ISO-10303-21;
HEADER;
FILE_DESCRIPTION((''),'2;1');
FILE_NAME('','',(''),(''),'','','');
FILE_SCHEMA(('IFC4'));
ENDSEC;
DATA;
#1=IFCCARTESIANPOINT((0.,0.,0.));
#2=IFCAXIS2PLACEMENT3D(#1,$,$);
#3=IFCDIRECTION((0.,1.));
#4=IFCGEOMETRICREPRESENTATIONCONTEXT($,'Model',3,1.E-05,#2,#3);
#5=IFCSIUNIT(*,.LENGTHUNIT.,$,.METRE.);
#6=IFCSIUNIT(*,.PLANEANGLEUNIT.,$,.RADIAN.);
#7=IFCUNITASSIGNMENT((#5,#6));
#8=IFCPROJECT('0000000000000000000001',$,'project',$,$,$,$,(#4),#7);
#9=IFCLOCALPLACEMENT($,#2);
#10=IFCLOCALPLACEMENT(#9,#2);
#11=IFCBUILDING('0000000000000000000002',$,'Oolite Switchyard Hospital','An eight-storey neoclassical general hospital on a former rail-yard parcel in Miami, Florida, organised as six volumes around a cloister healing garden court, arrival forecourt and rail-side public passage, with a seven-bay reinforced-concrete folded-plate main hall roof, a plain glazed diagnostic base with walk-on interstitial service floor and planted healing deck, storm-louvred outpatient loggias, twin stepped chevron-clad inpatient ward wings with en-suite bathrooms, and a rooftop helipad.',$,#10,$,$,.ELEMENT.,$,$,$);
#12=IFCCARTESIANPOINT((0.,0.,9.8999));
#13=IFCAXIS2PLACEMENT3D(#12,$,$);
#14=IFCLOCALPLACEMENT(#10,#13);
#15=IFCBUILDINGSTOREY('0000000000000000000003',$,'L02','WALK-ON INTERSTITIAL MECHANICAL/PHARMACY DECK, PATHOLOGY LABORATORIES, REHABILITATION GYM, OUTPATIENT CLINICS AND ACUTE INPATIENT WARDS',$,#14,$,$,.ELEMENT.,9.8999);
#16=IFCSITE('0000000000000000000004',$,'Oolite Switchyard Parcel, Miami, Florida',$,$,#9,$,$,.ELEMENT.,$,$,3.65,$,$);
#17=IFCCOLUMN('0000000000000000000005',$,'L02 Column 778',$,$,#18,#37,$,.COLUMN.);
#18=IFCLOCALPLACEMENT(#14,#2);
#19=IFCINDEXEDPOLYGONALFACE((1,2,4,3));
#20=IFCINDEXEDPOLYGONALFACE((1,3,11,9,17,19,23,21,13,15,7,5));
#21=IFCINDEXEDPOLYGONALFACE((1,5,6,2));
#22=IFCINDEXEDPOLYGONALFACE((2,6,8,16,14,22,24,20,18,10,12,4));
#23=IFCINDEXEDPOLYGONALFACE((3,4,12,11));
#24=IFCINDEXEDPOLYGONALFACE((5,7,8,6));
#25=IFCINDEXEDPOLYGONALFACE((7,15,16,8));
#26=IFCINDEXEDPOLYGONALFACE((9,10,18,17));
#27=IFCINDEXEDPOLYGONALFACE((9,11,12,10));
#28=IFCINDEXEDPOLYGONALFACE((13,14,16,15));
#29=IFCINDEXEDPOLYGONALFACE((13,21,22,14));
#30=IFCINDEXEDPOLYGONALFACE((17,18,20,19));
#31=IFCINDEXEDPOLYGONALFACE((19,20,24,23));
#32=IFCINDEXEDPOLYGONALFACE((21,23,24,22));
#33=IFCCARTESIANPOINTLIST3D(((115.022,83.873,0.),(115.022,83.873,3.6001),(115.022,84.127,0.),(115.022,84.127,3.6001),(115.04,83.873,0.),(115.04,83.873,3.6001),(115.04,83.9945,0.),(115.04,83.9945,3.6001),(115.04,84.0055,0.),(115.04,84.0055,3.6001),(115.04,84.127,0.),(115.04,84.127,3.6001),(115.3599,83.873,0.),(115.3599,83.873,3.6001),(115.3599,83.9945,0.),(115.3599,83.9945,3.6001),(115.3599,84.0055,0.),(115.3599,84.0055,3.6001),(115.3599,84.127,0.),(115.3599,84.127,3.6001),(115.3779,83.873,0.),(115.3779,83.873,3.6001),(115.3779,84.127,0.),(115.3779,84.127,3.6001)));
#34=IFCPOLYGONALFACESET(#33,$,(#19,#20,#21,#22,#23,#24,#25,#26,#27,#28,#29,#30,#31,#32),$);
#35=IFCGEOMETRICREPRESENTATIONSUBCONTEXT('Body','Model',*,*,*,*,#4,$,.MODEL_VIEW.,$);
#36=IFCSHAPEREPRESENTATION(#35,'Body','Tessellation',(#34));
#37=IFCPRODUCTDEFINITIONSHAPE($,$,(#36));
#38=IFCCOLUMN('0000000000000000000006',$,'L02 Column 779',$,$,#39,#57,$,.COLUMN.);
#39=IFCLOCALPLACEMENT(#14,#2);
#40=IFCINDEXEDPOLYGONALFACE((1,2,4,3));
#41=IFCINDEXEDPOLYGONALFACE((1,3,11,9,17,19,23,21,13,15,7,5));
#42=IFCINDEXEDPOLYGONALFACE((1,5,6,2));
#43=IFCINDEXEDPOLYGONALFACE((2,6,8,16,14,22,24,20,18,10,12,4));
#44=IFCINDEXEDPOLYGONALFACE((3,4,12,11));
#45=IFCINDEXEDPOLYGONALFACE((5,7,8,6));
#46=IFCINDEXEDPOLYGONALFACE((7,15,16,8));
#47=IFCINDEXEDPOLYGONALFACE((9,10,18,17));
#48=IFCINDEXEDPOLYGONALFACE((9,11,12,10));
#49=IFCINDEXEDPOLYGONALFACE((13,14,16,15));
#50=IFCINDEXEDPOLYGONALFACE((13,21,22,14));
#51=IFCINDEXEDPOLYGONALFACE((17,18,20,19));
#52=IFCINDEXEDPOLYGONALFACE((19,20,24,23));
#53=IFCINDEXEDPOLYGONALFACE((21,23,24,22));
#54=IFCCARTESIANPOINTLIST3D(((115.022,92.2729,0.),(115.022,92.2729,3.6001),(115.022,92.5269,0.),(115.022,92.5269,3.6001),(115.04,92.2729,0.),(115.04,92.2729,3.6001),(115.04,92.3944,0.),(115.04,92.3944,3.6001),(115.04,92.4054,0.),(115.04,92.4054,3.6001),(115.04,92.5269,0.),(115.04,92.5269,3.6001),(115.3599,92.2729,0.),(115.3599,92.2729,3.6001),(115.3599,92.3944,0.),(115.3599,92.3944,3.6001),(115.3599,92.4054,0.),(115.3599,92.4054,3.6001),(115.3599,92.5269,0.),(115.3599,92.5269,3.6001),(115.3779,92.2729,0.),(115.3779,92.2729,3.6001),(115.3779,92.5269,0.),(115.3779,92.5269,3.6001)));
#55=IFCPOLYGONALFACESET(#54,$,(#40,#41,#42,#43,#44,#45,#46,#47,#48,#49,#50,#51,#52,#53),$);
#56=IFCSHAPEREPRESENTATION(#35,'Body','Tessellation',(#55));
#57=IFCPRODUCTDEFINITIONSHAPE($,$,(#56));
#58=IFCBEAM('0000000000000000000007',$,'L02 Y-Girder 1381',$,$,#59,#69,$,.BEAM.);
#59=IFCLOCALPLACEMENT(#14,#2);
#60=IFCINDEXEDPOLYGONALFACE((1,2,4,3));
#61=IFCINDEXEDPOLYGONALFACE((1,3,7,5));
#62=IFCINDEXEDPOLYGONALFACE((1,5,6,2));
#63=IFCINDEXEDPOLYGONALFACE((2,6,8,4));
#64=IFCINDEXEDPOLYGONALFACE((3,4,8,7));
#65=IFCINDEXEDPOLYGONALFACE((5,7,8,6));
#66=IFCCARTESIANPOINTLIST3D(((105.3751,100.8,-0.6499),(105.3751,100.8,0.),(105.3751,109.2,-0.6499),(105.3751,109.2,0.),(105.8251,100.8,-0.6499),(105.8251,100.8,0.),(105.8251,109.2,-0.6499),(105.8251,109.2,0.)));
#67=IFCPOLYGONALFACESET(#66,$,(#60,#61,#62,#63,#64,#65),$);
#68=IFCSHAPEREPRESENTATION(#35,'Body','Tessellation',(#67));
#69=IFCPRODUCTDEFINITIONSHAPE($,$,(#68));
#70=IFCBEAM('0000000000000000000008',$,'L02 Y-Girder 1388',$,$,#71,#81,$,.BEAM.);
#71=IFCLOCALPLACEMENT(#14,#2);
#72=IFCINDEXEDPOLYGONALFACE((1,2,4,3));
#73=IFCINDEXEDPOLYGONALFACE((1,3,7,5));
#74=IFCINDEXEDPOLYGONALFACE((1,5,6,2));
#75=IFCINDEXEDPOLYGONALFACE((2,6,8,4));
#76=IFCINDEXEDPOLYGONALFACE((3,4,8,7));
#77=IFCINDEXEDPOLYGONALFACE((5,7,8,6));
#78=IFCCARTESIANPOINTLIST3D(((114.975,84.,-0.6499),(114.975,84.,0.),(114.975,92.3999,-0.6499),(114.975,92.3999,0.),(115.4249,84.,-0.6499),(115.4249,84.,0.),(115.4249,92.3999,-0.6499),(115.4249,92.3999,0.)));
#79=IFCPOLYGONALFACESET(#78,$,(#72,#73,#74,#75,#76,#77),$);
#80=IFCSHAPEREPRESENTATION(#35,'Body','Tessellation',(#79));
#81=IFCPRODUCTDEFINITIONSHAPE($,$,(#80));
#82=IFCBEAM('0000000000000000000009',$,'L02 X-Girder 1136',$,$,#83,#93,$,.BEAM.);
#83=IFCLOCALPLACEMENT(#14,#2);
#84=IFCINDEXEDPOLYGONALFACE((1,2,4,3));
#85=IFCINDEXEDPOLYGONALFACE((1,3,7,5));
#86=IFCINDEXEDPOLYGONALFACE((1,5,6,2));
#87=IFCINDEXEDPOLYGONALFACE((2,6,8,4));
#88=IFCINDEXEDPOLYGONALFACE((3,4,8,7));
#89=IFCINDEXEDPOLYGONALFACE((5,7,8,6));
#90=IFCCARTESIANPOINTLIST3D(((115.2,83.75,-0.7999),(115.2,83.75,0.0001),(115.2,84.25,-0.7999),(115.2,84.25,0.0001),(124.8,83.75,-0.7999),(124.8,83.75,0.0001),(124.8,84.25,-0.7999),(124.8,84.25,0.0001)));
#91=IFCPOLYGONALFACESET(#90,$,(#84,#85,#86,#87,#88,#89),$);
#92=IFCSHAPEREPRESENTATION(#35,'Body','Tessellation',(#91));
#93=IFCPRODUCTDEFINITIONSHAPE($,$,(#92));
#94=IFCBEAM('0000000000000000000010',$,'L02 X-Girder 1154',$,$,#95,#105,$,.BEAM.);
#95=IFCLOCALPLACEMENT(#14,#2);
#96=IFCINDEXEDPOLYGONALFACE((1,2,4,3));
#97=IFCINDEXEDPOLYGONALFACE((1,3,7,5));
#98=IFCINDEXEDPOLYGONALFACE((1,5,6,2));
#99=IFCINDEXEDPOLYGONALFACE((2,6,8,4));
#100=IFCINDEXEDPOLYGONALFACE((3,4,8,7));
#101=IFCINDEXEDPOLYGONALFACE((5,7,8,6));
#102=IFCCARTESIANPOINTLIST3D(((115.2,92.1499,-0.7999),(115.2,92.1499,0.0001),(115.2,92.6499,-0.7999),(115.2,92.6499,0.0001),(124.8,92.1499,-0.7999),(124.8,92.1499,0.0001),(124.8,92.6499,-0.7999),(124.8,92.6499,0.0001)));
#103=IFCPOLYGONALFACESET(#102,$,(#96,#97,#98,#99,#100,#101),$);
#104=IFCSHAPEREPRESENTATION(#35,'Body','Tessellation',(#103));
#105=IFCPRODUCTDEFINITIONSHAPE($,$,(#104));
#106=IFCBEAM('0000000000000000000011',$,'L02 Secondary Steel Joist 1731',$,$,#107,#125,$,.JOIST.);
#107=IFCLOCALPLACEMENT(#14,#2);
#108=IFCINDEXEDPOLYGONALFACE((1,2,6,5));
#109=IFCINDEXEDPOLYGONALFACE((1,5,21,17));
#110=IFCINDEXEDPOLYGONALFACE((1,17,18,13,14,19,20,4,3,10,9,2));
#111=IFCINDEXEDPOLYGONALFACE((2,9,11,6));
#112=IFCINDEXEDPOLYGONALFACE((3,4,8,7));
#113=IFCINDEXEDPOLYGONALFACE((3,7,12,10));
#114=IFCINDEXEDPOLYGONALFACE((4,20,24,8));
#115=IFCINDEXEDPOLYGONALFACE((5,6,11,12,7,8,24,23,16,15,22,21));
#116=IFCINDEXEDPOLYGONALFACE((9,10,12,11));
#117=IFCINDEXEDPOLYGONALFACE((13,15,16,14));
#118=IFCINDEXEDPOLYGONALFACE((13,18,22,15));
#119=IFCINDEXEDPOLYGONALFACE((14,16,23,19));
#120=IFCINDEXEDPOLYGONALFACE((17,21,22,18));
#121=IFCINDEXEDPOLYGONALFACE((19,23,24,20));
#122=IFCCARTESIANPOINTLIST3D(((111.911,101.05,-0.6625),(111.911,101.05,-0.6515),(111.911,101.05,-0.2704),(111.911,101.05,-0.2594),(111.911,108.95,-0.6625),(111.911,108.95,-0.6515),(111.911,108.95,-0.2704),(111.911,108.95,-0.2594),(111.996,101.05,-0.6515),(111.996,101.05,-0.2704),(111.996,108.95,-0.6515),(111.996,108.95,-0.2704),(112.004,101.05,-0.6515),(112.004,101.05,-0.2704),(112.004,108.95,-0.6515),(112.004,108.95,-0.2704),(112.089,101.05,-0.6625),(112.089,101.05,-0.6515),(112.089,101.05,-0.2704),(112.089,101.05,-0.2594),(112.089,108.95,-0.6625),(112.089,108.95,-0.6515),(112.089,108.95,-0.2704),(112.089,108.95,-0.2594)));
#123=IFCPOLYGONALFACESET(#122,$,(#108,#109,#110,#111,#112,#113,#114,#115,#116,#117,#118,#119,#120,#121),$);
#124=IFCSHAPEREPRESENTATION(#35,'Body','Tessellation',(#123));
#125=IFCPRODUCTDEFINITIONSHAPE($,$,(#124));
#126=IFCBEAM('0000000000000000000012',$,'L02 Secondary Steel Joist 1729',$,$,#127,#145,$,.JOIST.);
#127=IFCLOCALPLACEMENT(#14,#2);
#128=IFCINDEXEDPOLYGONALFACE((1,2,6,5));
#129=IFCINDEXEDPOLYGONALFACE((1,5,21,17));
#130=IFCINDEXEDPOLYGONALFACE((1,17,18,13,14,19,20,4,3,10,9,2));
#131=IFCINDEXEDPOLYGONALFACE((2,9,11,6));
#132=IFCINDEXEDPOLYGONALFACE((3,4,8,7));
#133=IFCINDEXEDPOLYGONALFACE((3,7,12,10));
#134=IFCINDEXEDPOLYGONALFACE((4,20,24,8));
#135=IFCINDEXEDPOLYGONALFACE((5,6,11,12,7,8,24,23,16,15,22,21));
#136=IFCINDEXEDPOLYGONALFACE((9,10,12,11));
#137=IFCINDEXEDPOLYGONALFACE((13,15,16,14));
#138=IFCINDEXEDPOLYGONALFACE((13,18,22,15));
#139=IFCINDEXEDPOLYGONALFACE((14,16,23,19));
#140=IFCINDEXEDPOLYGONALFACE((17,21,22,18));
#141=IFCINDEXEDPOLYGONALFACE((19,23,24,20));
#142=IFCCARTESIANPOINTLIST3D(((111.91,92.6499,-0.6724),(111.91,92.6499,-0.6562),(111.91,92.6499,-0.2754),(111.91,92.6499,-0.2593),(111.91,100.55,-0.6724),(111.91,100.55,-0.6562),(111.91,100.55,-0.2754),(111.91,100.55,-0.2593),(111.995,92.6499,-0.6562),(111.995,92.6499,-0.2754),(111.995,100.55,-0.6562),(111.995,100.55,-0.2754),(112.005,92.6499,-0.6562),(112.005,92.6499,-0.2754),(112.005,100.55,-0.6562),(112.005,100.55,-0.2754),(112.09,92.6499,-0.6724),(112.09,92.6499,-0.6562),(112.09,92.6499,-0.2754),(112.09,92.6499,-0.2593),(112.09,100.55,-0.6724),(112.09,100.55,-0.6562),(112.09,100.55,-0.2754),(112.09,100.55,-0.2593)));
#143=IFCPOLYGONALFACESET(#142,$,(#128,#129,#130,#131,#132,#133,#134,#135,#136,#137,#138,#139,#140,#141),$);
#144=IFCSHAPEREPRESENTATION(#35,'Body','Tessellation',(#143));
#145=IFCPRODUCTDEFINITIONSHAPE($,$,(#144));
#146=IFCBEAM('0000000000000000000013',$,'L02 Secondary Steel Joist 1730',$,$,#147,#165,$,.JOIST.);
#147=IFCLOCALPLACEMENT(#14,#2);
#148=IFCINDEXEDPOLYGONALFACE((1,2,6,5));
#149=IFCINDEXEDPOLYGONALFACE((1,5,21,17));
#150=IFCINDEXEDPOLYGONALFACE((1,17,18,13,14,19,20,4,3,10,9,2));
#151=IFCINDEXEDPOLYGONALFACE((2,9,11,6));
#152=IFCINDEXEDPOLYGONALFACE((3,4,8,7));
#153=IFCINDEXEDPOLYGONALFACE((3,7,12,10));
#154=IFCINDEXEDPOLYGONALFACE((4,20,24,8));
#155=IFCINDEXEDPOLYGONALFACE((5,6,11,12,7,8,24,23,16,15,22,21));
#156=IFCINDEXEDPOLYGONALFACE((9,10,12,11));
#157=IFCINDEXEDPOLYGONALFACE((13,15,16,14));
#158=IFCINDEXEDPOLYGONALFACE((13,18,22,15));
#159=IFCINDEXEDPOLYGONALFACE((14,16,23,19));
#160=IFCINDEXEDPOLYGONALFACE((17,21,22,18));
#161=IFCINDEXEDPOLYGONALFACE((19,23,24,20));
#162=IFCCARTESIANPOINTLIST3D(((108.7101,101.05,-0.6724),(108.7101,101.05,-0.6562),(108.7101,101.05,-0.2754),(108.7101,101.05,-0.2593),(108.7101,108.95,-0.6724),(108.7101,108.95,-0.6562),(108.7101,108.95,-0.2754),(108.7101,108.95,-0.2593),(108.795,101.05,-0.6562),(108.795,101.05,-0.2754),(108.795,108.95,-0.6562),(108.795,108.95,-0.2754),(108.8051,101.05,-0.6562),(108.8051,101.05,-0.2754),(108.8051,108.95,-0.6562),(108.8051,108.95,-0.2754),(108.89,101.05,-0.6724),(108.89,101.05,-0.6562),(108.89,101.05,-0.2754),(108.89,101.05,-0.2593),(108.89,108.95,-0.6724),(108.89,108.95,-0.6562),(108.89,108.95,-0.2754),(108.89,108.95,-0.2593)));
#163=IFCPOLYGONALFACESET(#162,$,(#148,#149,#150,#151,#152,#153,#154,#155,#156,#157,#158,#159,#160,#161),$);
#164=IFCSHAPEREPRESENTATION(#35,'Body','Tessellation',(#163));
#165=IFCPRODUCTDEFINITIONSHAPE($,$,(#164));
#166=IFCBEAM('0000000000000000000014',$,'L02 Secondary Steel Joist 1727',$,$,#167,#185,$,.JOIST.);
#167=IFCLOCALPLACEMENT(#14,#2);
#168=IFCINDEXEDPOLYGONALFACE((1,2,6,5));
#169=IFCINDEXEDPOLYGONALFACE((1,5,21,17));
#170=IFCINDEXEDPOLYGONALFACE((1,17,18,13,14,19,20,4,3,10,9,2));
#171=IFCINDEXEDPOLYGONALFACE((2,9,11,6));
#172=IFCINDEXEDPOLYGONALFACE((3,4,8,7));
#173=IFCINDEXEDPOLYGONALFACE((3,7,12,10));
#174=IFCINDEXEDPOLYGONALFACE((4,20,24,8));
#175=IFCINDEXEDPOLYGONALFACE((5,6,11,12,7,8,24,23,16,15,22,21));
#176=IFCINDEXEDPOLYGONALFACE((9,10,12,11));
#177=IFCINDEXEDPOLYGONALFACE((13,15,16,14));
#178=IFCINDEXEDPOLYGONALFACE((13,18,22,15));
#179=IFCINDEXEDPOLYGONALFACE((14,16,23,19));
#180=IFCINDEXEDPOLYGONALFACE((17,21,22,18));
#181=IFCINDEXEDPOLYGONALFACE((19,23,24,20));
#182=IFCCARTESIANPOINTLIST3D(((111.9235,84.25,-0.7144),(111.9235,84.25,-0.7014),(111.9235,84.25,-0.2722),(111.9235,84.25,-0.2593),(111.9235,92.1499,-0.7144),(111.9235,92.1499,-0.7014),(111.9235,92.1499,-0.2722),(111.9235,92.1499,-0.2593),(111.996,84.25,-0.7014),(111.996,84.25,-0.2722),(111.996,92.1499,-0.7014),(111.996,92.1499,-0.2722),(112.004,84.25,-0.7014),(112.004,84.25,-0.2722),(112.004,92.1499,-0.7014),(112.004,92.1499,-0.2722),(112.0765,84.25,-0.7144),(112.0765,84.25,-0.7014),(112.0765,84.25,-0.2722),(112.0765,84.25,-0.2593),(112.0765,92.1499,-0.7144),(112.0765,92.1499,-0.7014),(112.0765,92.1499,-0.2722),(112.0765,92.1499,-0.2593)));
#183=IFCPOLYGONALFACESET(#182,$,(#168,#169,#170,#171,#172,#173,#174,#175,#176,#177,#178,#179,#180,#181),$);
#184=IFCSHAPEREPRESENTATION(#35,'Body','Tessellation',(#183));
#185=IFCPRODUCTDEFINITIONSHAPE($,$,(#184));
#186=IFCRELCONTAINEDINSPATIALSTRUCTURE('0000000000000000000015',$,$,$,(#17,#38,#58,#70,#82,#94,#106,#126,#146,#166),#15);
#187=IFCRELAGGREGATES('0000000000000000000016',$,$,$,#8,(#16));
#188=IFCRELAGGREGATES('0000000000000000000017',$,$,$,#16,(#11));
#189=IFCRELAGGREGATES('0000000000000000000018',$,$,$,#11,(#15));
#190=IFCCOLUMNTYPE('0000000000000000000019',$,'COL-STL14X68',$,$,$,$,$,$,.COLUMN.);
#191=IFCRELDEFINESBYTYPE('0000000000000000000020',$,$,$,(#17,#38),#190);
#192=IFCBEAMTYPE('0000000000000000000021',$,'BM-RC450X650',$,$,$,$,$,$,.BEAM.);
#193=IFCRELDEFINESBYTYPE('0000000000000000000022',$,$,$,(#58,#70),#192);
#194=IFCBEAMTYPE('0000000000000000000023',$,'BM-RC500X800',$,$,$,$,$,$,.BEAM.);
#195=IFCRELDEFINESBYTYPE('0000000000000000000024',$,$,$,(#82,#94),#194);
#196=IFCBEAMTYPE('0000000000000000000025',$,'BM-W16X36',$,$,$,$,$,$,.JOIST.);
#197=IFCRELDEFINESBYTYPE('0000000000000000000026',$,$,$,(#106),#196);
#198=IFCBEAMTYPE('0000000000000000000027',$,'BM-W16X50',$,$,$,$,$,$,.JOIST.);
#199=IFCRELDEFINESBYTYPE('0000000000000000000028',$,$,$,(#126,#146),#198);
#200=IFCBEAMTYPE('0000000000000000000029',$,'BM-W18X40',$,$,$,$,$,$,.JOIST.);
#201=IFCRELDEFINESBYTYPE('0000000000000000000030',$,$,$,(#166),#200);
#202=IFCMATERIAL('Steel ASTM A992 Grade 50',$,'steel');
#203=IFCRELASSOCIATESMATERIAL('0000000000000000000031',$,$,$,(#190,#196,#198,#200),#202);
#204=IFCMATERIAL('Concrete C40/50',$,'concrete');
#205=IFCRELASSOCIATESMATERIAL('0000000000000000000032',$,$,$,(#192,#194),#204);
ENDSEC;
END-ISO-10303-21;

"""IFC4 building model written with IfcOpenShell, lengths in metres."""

from ifc_helpers import new_model, si_unit, direction, frame, origin, origin_2d, place, context, subcontext, project, spatial, rectangle, i_section, extrude, material, material_profile, profile_set, type_object, element, save


model = new_model("IFC4")

# Units and contexts
model_context = context("Model", 3, precision=1e-05, world=origin(), true_north=direction((0.0, 1.0)))
body_context = subcontext(model_context, "Body", "Model", "MODEL_VIEW")
ifc_project = project(units=[si_unit("LENGTHUNIT", "METRE"), si_unit("PLANEANGLEUNIT", "RADIAN")], contexts=[model_context])

# Site, building, storey
site_placement = place(None, origin())
site = spatial("IfcSite", under=ifc_project, at=site_placement, Name="Oolite Switchyard Parcel, Miami, Florida", CompositionType="ELEMENT", RefElevation=3.65)
building_placement = place(site_placement, origin())
building = spatial("IfcBuilding", under=site, at=building_placement, Name="Oolite Switchyard Hospital", Description="An eight-storey neoclassical general hospital on a former rail-yard parcel in Miami, Florida, organised as six volumes around a cloister healing garden court, arrival forecourt and rail-side public passage, with a seven-bay reinforced-concrete folded-plate main hall roof, a plain glazed diagnostic base with walk-on interstitial service floor and planted healing deck, storm-louvred outpatient loggias, twin stepped chevron-clad inpatient ward wings with en-suite bathrooms, and a rooftop helipad.", CompositionType="ELEMENT")
storey_placement = place(building_placement, frame((0.0, 0.0, 9.8999)))
storey = spatial("IfcBuildingStorey", under=building, at=storey_placement, Name="L02", Description="WALK-ON INTERSTITIAL MECHANICAL/PHARMACY DECK, PATHOLOGY LABORATORIES, REHABILITATION GYM, OUTPATIENT CLINICS AND ACUTE INPATIENT WARDS", CompositionType="ELEMENT", Elevation=9.8999)

# Columns
ifc_material_1 = material(Name="Steel ASTM A992 Grade 50", Category="steel")
ifc_material_profile_1 = material_profile(ifc_material_1, i_section(OverallWidth=0.2539, OverallDepth=0.356, WebThickness=0.011, FlangeThickness=0.0181, at=origin_2d()), Name="W14X68")
ifc_profile_set_1 = profile_set([ifc_material_profile_1], Name="Steel ASTM A992 Grade 50")
column_type = type_object("IfcColumnType", Name="COL-STL14X68", PredefinedType="COLUMN", material=ifc_profile_set_1)
for number, where, z_axis, x_axis, name in (
    (1, (115.2, 84.0, 0.0), (0.0, 0.0, 1.0), (0.0, -1.0, 0.0), "L02 Column 778"),
    (2, (115.2, 92.3999, 0.0), (0.0, 0.0, 1.0), (0.0, -1.0, 0.0), "L02 Column 779"),
):
    element("IfcColumn", number, at=place(storey_placement, frame(where, z_axis=z_axis, x_axis=x_axis)), inside=storey, type_object=column_type, Name=name, PredefinedType="COLUMN", context=body_context, shape_type="SweptSolid", body=[
        extrude(i_section(OverallWidth=0.2539, OverallDepth=0.356, WebThickness=0.011, FlangeThickness=0.0181, at=origin_2d()), origin(), (0.0, 0.0, 1.0), 3.6001),
    ])

# Beams
ifc_material_2 = material(Name="Concrete C40/50", Category="concrete")
ifc_material_profile_2 = material_profile(ifc_material_2, rectangle(XDim=0.45, YDim=0.6499, at=origin_2d()), Name="RCB450X650")
ifc_profile_set_2 = profile_set([ifc_material_profile_2], Name="Concrete C40/50")
beam_type_1 = type_object("IfcBeamType", Name="BM-RC450X650", PredefinedType="BEAM", material=ifc_profile_set_2)
for number, where, z_axis, x_axis, name in (
    (3, (105.6001, 100.8, -0.325), (0.0, 1.0, 0.0), (-1.0, 0.0, 0.0), "L02 Y-Girder 1381"),
    (4, (115.2, 84.0, -0.325), (0.0, 1.0, 0.0), (-1.0, 0.0, 0.0), "L02 Y-Girder 1388"),
):
    element("IfcBeam", number, at=place(storey_placement, frame(where, z_axis=z_axis, x_axis=x_axis)), inside=storey, type_object=beam_type_1, Name=name, PredefinedType="BEAM", context=body_context, shape_type="SweptSolid", body=[
        extrude(rectangle(XDim=0.45, YDim=0.6499, at=origin_2d()), origin(), (0.0, 0.0, 1.0), 8.3999),
    ])
ifc_material_profile_3 = material_profile(ifc_material_2, rectangle(XDim=0.5, YDim=0.8, at=origin_2d()), Name="RCB500X800")
ifc_profile_set_3 = profile_set([ifc_material_profile_3], Name="Concrete C40/50")
beam_type_2 = type_object("IfcBeamType", Name="BM-RC500X800", PredefinedType="BEAM", material=ifc_profile_set_3)
for number, where, z_axis, x_axis, name in (
    (5, (115.2, 84.0, -0.3999), (1.0, 0.0, 0.0), (0.0, 1.0, 0.0), "L02 X-Girder 1136"),
    (6, (115.2, 92.3999, -0.3999), (1.0, 0.0, 0.0), (0.0, 1.0, 0.0), "L02 X-Girder 1154"),
):
    element("IfcBeam", number, at=place(storey_placement, frame(where, z_axis=z_axis, x_axis=x_axis)), inside=storey, type_object=beam_type_2, Name=name, PredefinedType="BEAM", context=body_context, shape_type="SweptSolid", body=[
        extrude(rectangle(XDim=0.5, YDim=0.8, at=origin_2d()), origin(), (0.0, 0.0, 1.0), 9.6001),
    ])
ifc_material_profile_4 = material_profile(ifc_material_1, i_section(OverallWidth=0.178, OverallDepth=0.4031, WebThickness=0.0081, FlangeThickness=0.011, at=origin_2d()), Name="W16X36")
ifc_profile_set_4 = profile_set([ifc_material_profile_4], Name="Steel ASTM A992 Grade 50")
beam_type_3 = type_object("IfcBeamType", Name="BM-W16X36", PredefinedType="JOIST", material=ifc_profile_set_4)
beam_1_placement = place(storey_placement, frame((112.0, 101.05, -0.4609), z_axis=(0.0, 1.0, 0.0), x_axis=(-1.0, 0.0, 0.0)))
element("IfcBeam", 7, at=beam_1_placement, inside=storey, type_object=beam_type_3, Name="L02 Secondary Steel Joist 1731", PredefinedType="JOIST", context=body_context, shape_type="SweptSolid", body=[
    extrude(i_section(OverallWidth=0.178, OverallDepth=0.4031, WebThickness=0.0081, FlangeThickness=0.011, at=origin_2d()), origin(), (0.0, 0.0, 1.0), 7.8999),
])
ifc_material_profile_5 = material_profile(ifc_material_1, i_section(OverallWidth=0.1799, OverallDepth=0.4131, WebThickness=0.01, FlangeThickness=0.0161, at=origin_2d()), Name="W16X50")
ifc_profile_set_5 = profile_set([ifc_material_profile_5], Name="Steel ASTM A992 Grade 50")
beam_type_4 = type_object("IfcBeamType", Name="BM-W16X50", PredefinedType="JOIST", material=ifc_profile_set_5)
beam_2_placement = place(storey_placement, frame((112.0, 92.6499, -0.4658), z_axis=(0.0, 1.0, 0.0), x_axis=(-1.0, 0.0, 0.0)))
element("IfcBeam", 8, at=beam_2_placement, inside=storey, type_object=beam_type_4, Name="L02 Secondary Steel Joist 1729", PredefinedType="JOIST", context=body_context, shape_type="SweptSolid", body=[
    extrude(i_section(OverallWidth=0.1799, OverallDepth=0.4131, WebThickness=0.01, FlangeThickness=0.0161, at=origin_2d()), origin(), (0.0, 0.0, 1.0), 7.9001),
])
beam_3_placement = place(storey_placement, frame((108.8, 101.05, -0.4658), z_axis=(0.0, 1.0, 0.0), x_axis=(-1.0, 0.0, 0.0)))
element("IfcBeam", 9, at=beam_3_placement, inside=storey, type_object=beam_type_4, Name="L02 Secondary Steel Joist 1730", PredefinedType="JOIST", context=body_context, shape_type="SweptSolid", body=[
    extrude(i_section(OverallWidth=0.1799, OverallDepth=0.4131, WebThickness=0.01, FlangeThickness=0.0161, at=origin_2d()), origin(), (0.0, 0.0, 1.0), 7.8999),
])
ifc_material_profile_6 = material_profile(ifc_material_1, i_section(OverallWidth=0.1531, OverallDepth=0.4551, WebThickness=0.0081, FlangeThickness=0.0129, at=origin_2d()), Name="W18X40")
ifc_profile_set_6 = profile_set([ifc_material_profile_6], Name="Steel ASTM A992 Grade 50")
beam_type_5 = type_object("IfcBeamType", Name="BM-W18X40", PredefinedType="JOIST", material=ifc_profile_set_6)
beam_4_placement = place(storey_placement, frame((112.0, 84.25, -0.4868), z_axis=(0.0, 1.0, 0.0), x_axis=(-1.0, 0.0, 0.0)))
element("IfcBeam", 10, at=beam_4_placement, inside=storey, type_object=beam_type_5, Name="L02 Secondary Steel Joist 1727", PredefinedType="JOIST", context=body_context, shape_type="SweptSolid", body=[
    extrude(i_section(OverallWidth=0.1531, OverallDepth=0.4551, WebThickness=0.0081, FlangeThickness=0.0129, at=origin_2d()), origin(), (0.0, 0.0, 1.0), 7.8999),
])

save(model, "model.ifc")
